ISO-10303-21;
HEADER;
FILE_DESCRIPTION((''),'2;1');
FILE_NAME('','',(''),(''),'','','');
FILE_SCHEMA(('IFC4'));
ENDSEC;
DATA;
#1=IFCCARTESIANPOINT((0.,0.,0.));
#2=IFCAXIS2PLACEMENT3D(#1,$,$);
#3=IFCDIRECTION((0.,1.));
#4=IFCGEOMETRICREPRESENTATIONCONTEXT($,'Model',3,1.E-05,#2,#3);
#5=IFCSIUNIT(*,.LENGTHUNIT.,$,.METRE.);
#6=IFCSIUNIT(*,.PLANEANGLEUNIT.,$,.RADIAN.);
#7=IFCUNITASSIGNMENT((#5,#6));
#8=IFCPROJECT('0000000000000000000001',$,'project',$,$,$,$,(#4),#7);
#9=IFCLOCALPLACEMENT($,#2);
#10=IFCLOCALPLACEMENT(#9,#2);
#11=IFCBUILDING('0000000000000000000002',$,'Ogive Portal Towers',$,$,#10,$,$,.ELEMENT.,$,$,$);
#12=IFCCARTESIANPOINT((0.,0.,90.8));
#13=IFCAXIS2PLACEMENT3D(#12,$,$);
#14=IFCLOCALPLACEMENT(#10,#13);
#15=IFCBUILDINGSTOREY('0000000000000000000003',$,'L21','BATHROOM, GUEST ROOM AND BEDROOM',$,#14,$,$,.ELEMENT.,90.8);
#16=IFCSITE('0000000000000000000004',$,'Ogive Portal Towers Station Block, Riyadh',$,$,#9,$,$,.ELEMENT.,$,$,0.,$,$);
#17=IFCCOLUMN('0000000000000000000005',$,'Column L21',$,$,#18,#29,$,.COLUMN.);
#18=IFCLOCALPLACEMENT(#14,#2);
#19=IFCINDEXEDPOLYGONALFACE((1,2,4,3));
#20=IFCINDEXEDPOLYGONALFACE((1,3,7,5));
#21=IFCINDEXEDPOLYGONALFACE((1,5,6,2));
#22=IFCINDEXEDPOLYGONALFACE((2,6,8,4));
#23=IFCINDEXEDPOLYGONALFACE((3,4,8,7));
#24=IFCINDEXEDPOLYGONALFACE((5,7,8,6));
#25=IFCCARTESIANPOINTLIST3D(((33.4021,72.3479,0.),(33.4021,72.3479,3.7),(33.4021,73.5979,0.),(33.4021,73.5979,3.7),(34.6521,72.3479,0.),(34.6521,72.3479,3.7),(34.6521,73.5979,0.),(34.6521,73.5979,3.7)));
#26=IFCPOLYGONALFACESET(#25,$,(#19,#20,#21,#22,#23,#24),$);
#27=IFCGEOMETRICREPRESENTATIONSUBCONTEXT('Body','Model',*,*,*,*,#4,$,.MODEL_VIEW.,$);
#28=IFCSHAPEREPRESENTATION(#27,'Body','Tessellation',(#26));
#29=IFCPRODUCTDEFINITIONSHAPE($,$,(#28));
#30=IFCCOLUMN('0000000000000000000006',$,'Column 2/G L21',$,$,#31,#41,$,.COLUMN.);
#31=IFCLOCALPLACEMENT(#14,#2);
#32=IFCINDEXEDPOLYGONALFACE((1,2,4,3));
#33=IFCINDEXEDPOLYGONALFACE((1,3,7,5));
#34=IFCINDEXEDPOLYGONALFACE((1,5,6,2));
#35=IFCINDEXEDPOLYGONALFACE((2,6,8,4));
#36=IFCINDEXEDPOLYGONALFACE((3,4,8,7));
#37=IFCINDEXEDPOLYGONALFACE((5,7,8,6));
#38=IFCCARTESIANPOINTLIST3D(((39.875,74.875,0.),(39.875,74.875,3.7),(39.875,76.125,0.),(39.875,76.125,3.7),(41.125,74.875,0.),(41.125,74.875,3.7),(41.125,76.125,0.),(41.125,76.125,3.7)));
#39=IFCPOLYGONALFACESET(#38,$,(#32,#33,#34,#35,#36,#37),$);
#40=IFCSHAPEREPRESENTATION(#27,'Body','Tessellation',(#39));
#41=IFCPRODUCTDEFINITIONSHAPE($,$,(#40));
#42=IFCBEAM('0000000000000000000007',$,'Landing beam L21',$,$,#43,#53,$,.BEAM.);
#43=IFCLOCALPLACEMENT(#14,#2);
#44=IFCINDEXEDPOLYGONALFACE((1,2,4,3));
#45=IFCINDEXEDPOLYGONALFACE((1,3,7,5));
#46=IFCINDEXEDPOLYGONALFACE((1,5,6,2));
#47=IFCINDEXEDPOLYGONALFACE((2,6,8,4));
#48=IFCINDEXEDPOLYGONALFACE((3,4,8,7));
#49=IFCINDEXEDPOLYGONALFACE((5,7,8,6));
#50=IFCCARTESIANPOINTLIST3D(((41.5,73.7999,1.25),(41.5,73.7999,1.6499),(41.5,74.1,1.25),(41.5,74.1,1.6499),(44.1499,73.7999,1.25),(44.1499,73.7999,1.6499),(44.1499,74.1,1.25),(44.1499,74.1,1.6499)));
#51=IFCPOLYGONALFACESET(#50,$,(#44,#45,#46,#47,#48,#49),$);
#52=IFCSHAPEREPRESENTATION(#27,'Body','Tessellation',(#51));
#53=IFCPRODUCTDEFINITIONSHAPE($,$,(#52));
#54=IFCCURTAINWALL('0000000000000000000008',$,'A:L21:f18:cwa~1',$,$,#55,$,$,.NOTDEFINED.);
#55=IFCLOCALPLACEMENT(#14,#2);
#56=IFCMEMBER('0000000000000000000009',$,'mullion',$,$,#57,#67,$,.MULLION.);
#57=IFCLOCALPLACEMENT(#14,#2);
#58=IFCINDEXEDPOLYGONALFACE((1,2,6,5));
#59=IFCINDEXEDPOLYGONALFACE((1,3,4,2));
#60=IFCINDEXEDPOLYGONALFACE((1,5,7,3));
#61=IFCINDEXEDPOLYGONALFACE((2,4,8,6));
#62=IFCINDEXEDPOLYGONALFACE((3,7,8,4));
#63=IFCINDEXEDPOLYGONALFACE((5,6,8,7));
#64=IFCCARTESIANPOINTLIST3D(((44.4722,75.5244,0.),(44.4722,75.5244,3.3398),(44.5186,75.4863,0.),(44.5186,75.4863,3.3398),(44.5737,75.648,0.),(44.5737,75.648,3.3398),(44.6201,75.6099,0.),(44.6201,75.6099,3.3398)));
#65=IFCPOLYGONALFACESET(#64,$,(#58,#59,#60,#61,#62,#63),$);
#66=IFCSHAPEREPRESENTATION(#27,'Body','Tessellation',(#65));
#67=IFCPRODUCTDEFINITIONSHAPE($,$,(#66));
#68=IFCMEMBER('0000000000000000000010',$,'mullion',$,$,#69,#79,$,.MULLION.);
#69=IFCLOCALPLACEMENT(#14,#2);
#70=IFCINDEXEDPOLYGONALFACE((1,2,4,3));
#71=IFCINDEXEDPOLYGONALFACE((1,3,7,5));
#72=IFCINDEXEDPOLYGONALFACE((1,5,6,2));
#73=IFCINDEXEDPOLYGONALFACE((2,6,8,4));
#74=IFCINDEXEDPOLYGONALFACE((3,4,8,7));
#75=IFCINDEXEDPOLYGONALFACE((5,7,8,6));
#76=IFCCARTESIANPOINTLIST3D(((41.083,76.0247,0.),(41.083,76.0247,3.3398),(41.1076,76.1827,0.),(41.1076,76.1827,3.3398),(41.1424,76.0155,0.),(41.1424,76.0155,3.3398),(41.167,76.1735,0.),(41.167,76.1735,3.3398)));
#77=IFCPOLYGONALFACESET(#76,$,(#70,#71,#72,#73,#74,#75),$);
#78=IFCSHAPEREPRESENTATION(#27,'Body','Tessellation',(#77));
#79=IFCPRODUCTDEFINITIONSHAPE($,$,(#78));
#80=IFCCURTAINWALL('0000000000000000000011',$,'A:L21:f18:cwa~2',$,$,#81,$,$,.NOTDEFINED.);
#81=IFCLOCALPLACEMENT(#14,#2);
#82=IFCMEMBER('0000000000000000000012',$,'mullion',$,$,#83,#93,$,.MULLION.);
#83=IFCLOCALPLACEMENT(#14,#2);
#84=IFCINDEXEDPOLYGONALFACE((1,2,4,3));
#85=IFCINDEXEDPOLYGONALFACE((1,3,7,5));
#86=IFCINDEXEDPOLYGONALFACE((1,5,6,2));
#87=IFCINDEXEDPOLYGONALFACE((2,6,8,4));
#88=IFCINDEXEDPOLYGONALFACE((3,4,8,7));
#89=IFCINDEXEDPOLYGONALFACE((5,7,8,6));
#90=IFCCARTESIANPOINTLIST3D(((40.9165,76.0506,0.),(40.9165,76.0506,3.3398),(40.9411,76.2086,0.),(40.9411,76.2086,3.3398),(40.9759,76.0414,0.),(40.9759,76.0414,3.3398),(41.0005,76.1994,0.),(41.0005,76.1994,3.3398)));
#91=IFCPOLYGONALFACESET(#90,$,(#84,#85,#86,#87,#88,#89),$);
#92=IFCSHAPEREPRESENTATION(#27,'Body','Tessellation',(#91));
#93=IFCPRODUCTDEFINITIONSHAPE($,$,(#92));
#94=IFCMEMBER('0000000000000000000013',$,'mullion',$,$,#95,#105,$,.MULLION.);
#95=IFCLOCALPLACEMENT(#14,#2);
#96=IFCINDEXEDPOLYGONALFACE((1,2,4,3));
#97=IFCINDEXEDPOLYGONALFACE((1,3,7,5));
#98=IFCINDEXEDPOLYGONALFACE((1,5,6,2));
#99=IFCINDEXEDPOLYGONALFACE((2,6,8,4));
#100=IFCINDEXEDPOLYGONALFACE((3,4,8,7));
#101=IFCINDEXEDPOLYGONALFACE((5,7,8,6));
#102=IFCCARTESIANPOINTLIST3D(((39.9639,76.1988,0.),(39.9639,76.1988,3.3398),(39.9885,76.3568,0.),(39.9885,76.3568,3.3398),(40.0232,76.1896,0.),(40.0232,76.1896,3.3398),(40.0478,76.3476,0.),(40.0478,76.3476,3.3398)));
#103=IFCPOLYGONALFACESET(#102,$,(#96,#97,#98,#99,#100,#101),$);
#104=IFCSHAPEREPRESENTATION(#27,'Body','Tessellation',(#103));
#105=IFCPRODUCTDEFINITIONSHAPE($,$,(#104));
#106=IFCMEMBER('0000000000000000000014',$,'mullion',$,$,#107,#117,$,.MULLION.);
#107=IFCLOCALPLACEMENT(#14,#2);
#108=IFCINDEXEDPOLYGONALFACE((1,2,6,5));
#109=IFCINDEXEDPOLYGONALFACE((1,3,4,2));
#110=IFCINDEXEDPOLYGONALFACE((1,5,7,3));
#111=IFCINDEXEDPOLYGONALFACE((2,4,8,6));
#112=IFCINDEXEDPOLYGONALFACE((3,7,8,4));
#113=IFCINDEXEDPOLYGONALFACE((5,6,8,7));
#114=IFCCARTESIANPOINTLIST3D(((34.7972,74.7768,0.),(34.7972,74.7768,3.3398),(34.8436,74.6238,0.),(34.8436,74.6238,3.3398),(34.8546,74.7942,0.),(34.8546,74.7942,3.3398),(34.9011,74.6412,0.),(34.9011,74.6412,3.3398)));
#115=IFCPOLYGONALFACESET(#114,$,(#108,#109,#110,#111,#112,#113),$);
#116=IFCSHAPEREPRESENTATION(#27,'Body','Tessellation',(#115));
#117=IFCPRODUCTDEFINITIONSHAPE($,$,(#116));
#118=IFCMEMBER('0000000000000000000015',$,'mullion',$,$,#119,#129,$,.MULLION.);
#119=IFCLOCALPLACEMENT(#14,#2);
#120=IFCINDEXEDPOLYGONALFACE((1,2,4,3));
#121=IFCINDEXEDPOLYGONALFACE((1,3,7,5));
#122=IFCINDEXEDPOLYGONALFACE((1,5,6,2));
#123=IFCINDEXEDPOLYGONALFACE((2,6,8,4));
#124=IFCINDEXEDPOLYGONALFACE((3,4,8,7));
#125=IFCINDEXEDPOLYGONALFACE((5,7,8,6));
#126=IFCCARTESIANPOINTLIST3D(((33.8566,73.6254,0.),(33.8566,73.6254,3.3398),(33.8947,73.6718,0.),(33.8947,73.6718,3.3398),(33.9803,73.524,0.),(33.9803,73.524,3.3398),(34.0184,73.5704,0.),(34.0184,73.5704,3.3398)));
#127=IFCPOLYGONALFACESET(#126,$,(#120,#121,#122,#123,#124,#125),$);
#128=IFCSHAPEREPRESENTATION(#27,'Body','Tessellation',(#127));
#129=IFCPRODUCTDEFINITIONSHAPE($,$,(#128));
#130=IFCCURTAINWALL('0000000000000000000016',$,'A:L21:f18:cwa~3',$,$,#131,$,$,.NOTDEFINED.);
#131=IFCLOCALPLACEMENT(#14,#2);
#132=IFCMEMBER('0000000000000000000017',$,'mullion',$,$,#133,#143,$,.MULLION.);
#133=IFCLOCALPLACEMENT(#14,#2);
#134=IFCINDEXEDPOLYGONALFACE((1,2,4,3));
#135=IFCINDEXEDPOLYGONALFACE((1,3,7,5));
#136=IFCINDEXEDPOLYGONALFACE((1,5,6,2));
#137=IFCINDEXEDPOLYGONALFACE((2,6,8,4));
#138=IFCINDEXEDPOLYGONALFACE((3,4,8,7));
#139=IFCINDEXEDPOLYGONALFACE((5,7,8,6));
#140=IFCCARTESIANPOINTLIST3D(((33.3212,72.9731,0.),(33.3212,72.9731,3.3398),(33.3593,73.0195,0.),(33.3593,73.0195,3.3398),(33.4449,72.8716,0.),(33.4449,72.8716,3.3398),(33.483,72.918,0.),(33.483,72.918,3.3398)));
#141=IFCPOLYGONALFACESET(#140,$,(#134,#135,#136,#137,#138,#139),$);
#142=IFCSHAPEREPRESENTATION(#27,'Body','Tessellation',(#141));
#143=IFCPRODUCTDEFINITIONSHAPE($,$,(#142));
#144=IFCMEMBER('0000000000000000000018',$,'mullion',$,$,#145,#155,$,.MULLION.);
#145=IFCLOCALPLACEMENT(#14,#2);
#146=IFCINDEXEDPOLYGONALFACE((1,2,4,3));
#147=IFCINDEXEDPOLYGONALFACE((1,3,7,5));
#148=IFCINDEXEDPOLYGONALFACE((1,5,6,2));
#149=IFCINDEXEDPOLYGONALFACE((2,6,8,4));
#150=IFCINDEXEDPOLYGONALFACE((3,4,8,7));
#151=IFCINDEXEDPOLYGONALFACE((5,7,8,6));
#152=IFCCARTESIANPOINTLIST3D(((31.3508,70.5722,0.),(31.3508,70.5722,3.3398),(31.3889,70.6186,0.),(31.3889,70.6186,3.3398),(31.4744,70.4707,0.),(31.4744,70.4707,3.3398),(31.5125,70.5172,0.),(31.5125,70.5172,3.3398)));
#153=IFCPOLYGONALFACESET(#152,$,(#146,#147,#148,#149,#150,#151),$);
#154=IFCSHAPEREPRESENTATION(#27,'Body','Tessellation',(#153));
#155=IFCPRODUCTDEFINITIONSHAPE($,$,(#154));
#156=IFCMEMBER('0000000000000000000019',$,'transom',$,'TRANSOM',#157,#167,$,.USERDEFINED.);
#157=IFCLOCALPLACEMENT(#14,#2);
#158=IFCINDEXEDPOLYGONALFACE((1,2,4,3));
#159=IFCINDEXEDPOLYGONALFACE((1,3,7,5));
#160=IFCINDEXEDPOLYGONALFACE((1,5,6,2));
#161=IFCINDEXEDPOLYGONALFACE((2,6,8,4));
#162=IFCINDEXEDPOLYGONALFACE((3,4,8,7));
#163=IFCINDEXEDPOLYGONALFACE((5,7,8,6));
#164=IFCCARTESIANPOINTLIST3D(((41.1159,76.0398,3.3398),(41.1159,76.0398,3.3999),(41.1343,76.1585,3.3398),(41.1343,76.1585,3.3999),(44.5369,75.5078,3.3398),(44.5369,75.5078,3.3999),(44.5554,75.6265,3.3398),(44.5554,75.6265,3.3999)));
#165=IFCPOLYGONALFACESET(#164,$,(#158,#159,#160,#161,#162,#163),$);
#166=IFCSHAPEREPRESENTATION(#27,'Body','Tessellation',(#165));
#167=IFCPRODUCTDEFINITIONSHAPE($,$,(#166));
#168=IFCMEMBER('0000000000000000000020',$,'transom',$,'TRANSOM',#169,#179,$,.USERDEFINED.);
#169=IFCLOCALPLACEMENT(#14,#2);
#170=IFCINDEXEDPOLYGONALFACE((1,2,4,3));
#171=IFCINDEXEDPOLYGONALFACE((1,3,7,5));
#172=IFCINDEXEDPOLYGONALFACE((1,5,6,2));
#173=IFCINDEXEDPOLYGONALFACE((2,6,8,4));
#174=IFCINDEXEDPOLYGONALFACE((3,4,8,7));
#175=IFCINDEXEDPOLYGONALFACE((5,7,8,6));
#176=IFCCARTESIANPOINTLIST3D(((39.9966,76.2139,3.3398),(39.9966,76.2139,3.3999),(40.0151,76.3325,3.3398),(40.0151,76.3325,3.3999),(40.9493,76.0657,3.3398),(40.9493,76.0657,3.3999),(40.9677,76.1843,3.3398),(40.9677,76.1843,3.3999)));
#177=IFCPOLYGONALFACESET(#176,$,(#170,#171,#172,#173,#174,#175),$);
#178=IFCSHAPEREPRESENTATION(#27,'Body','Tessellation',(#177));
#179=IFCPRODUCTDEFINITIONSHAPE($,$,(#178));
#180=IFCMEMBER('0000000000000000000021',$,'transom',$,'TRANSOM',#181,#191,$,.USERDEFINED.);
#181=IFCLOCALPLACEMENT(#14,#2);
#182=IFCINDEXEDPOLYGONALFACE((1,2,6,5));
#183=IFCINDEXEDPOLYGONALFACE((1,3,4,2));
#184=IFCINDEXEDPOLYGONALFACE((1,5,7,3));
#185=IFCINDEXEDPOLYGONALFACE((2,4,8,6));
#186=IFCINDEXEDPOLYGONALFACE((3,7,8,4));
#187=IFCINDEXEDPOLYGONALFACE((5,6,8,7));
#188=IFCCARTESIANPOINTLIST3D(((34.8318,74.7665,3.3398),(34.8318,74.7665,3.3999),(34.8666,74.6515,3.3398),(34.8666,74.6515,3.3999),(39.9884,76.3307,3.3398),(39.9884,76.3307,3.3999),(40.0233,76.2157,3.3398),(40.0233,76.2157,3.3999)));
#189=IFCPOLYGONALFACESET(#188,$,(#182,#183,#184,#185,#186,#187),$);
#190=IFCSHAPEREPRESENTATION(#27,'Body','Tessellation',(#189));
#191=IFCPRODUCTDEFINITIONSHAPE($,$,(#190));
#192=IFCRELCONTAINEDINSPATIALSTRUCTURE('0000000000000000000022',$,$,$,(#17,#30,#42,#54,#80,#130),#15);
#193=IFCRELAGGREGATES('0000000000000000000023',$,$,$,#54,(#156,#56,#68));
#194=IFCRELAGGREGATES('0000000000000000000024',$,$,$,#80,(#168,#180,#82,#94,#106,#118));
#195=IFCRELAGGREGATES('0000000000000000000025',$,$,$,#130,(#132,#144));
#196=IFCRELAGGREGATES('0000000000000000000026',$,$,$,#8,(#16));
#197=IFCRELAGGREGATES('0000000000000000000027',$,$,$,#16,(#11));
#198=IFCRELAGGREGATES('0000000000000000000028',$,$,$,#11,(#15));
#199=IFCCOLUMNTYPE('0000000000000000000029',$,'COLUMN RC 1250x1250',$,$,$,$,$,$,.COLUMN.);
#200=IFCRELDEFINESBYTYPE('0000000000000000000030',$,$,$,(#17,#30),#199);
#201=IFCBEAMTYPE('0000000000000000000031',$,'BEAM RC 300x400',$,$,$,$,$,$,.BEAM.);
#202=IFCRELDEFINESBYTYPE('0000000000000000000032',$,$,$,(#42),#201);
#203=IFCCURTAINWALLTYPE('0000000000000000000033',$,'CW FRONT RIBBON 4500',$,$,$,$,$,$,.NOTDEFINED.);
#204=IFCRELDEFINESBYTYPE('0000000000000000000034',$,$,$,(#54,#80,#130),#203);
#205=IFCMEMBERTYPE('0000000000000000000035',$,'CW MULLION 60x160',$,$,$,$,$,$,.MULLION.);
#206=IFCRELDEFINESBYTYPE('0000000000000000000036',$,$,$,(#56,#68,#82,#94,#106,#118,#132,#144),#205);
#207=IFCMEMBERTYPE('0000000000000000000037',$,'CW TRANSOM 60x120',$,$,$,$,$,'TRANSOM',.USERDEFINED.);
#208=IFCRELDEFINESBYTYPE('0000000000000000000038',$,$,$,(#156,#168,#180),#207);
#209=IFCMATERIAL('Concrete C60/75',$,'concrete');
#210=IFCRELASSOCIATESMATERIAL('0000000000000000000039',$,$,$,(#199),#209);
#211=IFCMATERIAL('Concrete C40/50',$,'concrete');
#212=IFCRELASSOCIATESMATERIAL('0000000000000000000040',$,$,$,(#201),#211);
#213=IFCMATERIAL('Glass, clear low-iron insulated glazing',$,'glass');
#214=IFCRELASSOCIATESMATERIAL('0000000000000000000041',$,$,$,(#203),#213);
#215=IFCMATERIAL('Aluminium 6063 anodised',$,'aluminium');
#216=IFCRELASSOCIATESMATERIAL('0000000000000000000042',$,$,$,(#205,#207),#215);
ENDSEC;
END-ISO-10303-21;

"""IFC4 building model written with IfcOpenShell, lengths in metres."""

from ifc_helpers import new_model, si_unit, direction, frame, origin, origin_2d, place, context, subcontext, project, spatial, rectangle, extrude, material, material_profile, profile_set, type_object, element, aggregate, save


model = new_model("IFC4")

# Units and contexts
model_context = context("Model", 3, precision=1e-05, world=origin(), true_north=direction((0.0, 1.0)))
body_context = subcontext(model_context, "Body", "Model", "MODEL_VIEW")
ifc_project = project(units=[si_unit("LENGTHUNIT", "METRE"), si_unit("PLANEANGLEUNIT", "RADIAN")], contexts=[model_context])

# Site, building, storey
site_placement = place(None, origin())
site = spatial("IfcSite", under=ifc_project, at=site_placement, Name="Ogive Portal Towers Station Block, Riyadh", CompositionType="ELEMENT", RefElevation=0.0)
building_placement = place(site_placement, origin())
building = spatial("IfcBuilding", under=site, at=building_placement, Name="Ogive Portal Towers", CompositionType="ELEMENT")
storey_placement = place(building_placement, frame((0.0, 0.0, 90.8)))
storey = spatial("IfcBuildingStorey", under=building, at=storey_placement, Name="L21", Description="BATHROOM, GUEST ROOM AND BEDROOM", CompositionType="ELEMENT", Elevation=90.8)

# Columns
ifc_material_1 = material(Name="Concrete C60/75", Category="concrete")
ifc_material_profile_1 = material_profile(ifc_material_1, rectangle(XDim=1.25, YDim=1.25, at=origin_2d()), Name="RC 1250x1250")
ifc_profile_set_1 = profile_set([ifc_material_profile_1], Name="Concrete C60/75")
column_type = type_object("IfcColumnType", Name="COLUMN RC 1250x1250", PredefinedType="COLUMN", material=ifc_profile_set_1)
for number, where, z_axis, x_axis, name in (
    (1, (34.0271, 72.9729, 0.0), (0.0, 0.0, 1.0), (1.0, 0.0, 0.0), "Column L21"),
    (2, (40.5, 75.5, 0.0), (0.0, 0.0, 1.0), (1.0, 0.0, 0.0), "Column 2/G L21"),
):
    element("IfcColumn", number, at=place(storey_placement, frame(where, z_axis=z_axis, x_axis=x_axis)), inside=storey, type_object=column_type, Name=name, PredefinedType="COLUMN", context=body_context, shape_type="SweptSolid", body=[
        extrude(rectangle(XDim=1.25, YDim=1.25, at=origin_2d()), origin(), (0.0, 0.0, 1.0), 3.7),
    ])

# Beam
ifc_material_2 = material(Name="Concrete C40/50", Category="concrete")
ifc_material_profile_2 = material_profile(ifc_material_2, rectangle(XDim=0.3, YDim=0.3999, at=origin_2d()), Name="RC 300x400")
ifc_profile_set_2 = profile_set([ifc_material_profile_2], Name="Concrete C40/50")
beam_type = type_object("IfcBeamType", Name="BEAM RC 300x400", PredefinedType="BEAM", material=ifc_profile_set_2)
beam_placement = place(storey_placement, frame((41.5, 73.95, 1.45), z_axis=(1.0, 0.0, 0.0), x_axis=(0.0, 1.0, 0.0)))
element("IfcBeam", 3, at=beam_placement, inside=storey, type_object=beam_type, Name="Landing beam L21", PredefinedType="BEAM", context=body_context, shape_type="SweptSolid", body=[
    extrude(rectangle(XDim=0.3, YDim=0.3999, at=origin_2d()), origin(), (0.0, 0.0, 1.0), 2.6499),
])

# Curtain walls, members
ifc_material_3 = material(Name="Glass, clear low-iron insulated glazing", Category="glass")
curtain_wall_type = type_object("IfcCurtainWallType", Name="CW FRONT RIBBON 4500", PredefinedType="NOTDEFINED", material=ifc_material_3)
curtain_wall_1_placement = place(storey_placement, origin())
curtain_wall_1 = element("IfcCurtainWall", 4, at=curtain_wall_1_placement, inside=storey, type_object=curtain_wall_type, Name="A:L21:f18:cwa~1", PredefinedType="NOTDEFINED")
ifc_material_4 = material(Name="Aluminium 6063 anodised", Category="aluminium")
ifc_material_profile_3 = material_profile(ifc_material_4, rectangle(XDim=0.1599, YDim=0.0601, at=origin_2d()), Name="AL 60x160")
ifc_profile_set_3 = profile_set([ifc_material_profile_3], Name="Aluminium 6063 anodised")
member_type_1 = type_object("IfcMemberType", Name="CW MULLION 60x160", PredefinedType="MULLION", material=ifc_profile_set_3)
member_1_placement = place(storey_placement, frame((44.5461, 75.5671, 0.0), z_axis=(0.0, 0.0, 1.0), x_axis=(-0.634393, -0.77301, 0.0)))
member_1 = element("IfcMember", 5, at=member_1_placement, type_object=member_type_1, Name="mullion", PredefinedType="MULLION", context=body_context, shape_type="SweptSolid", body=[
    extrude(rectangle(XDim=0.1599, YDim=0.0601, at=origin_2d()), origin(), (0.0, 0.0, 1.0), 3.3398),
])
member_2_placement = place(storey_placement, frame((41.125, 76.0991, 0.0), z_axis=(0.0, 0.0, 1.0), x_axis=(-0.153636, -0.988128, 0.0)))
member_2 = element("IfcMember", 6, at=member_2_placement, type_object=member_type_1, Name="mullion", PredefinedType="MULLION", context=body_context, shape_type="SweptSolid", body=[
    extrude(rectangle(XDim=0.1599, YDim=0.0601, at=origin_2d()), origin(), (0.0, 0.0, 1.0), 3.3398),
])
curtain_wall_2_placement = place(storey_placement, origin())
curtain_wall_2 = element("IfcCurtainWall", 7, at=curtain_wall_2_placement, inside=storey, type_object=curtain_wall_type, Name="A:L21:f18:cwa~2", PredefinedType="NOTDEFINED")
member_3_placement = place(storey_placement, frame((40.9585, 76.125, 0.0), z_axis=(0.0, 0.0, 1.0), x_axis=(-0.153636, -0.988128, 0.0)))
member_3 = element("IfcMember", 8, at=member_3_placement, type_object=member_type_1, Name="mullion", PredefinedType="MULLION", context=body_context, shape_type="SweptSolid", body=[
    extrude(rectangle(XDim=0.1599, YDim=0.0601, at=origin_2d()), origin(), (0.0, 0.0, 1.0), 3.3398),
])
member_4_placement = place(storey_placement, frame((40.0059, 76.2732, 0.0), z_axis=(0.0, 0.0, 1.0), x_axis=(-0.153636, -0.988128, 0.0)))
member_4 = element("IfcMember", 9, at=member_4_placement, type_object=member_type_1, Name="mullion", PredefinedType="MULLION", context=body_context, shape_type="SweptSolid", body=[
    extrude(rectangle(XDim=0.1599, YDim=0.0601, at=origin_2d()), origin(), (0.0, 0.0, 1.0), 3.3398),
])
member_5_placement = place(storey_placement, frame((34.8491, 74.709, 0.0), z_axis=(0.0, 0.0, 1.0), x_axis=(0.290285, -0.95694, 0.0)))
member_5 = element("IfcMember", 10, at=member_5_placement, type_object=member_type_1, Name="mullion", PredefinedType="MULLION", context=body_context, shape_type="SweptSolid", body=[
    extrude(rectangle(XDim=0.1599, YDim=0.0601, at=origin_2d()), origin(), (0.0, 0.0, 1.0), 3.3398),
])
member_6_placement = place(storey_placement, frame((33.9375, 73.5979, 0.0), z_axis=(0.0, 0.0, 1.0), x_axis=(0.77301, -0.634393, 0.0)))
member_6 = element("IfcMember", 11, at=member_6_placement, type_object=member_type_1, Name="mullion", PredefinedType="MULLION", context=body_context, shape_type="SweptSolid", body=[
    extrude(rectangle(XDim=0.1599, YDim=0.0601, at=origin_2d()), origin(), (0.0, 0.0, 1.0), 3.3398),
])
curtain_wall_3_placement = place(storey_placement, origin())
curtain_wall_3 = element("IfcCurtainWall", 12, at=curtain_wall_3_placement, inside=storey, type_object=curtain_wall_type, Name="A:L21:f18:cwa~3", PredefinedType="NOTDEFINED")
member_7_placement = place(storey_placement, frame((33.4021, 72.9456, 0.0), z_axis=(0.0, 0.0, 1.0), x_axis=(0.77301, -0.634393, 0.0)))
member_7 = element("IfcMember", 13, at=member_7_placement, type_object=member_type_1, Name="mullion", PredefinedType="MULLION", context=body_context, shape_type="SweptSolid", body=[
    extrude(rectangle(XDim=0.1599, YDim=0.0601, at=origin_2d()), origin(), (0.0, 0.0, 1.0), 3.3398),
])
member_8_placement = place(storey_placement, frame((31.4316, 70.5447, 0.0), z_axis=(0.0, 0.0, 1.0), x_axis=(0.77301, -0.634393, 0.0)))
member_8 = element("IfcMember", 14, at=member_8_placement, type_object=member_type_1, Name="mullion", PredefinedType="MULLION", context=body_context, shape_type="SweptSolid", body=[
    extrude(rectangle(XDim=0.1599, YDim=0.0601, at=origin_2d()), origin(), (0.0, 0.0, 1.0), 3.3398),
])

# Members
ifc_material_profile_4 = material_profile(ifc_material_4, rectangle(XDim=0.1201, YDim=0.0601, at=origin_2d()), Name="AL 120x60")
ifc_profile_set_4 = profile_set([ifc_material_profile_4], Name="Aluminium 6063 anodised")
member_type_2 = type_object("IfcMemberType", Name="CW TRANSOM 60x120", ElementType="TRANSOM", PredefinedType="USERDEFINED", material=ifc_profile_set_4)
member_9_placement = place(storey_placement, frame((44.5461, 75.5671, 3.3699), z_axis=(-0.988125, 0.153652, 0.0), x_axis=(-0.153652, -0.988125, 0.0)))
member_9 = element("IfcMember", 15, at=member_9_placement, type_object=member_type_2, Name="transom", ObjectType="TRANSOM", PredefinedType="USERDEFINED", context=body_context, shape_type="SweptSolid", body=[
    extrude(rectangle(XDim=0.1201, YDim=0.0601, at=origin_2d()), origin(), (0.0, 0.0, 1.0), 3.4622),
])
member_10_placement = place(storey_placement, frame((40.9585, 76.125, 3.3699), z_axis=(-0.988116, 0.153713, 0.0), x_axis=(-0.153713, -0.988116, 0.0)))
member_10 = element("IfcMember", 16, at=member_10_placement, type_object=member_type_2, Name="transom", ObjectType="TRANSOM", PredefinedType="USERDEFINED", context=body_context, shape_type="SweptSolid", body=[
    extrude(rectangle(XDim=0.1201, YDim=0.0601, at=origin_2d()), origin(), (0.0, 0.0, 1.0), 0.9641),
])
member_11_placement = place(storey_placement, frame((40.0059, 76.2732, 3.3699), z_axis=(-0.956944, -0.290273, 0.0), x_axis=(0.290273, -0.956944, 0.0)))
member_11 = element("IfcMember", 17, at=member_11_placement, type_object=member_type_2, Name="transom", ObjectType="TRANSOM", PredefinedType="USERDEFINED", context=body_context, shape_type="SweptSolid", body=[
    extrude(rectangle(XDim=0.1201, YDim=0.0601, at=origin_2d()), origin(), (0.0, 0.0, 1.0), 5.3887),
])

aggregate(curtain_wall_1, [member_9, member_1, member_2])
aggregate(curtain_wall_2, [member_10, member_11, member_3, member_4, member_5, member_6])
aggregate(curtain_wall_3, [member_7, member_8])

save(model, "model.ifc")
